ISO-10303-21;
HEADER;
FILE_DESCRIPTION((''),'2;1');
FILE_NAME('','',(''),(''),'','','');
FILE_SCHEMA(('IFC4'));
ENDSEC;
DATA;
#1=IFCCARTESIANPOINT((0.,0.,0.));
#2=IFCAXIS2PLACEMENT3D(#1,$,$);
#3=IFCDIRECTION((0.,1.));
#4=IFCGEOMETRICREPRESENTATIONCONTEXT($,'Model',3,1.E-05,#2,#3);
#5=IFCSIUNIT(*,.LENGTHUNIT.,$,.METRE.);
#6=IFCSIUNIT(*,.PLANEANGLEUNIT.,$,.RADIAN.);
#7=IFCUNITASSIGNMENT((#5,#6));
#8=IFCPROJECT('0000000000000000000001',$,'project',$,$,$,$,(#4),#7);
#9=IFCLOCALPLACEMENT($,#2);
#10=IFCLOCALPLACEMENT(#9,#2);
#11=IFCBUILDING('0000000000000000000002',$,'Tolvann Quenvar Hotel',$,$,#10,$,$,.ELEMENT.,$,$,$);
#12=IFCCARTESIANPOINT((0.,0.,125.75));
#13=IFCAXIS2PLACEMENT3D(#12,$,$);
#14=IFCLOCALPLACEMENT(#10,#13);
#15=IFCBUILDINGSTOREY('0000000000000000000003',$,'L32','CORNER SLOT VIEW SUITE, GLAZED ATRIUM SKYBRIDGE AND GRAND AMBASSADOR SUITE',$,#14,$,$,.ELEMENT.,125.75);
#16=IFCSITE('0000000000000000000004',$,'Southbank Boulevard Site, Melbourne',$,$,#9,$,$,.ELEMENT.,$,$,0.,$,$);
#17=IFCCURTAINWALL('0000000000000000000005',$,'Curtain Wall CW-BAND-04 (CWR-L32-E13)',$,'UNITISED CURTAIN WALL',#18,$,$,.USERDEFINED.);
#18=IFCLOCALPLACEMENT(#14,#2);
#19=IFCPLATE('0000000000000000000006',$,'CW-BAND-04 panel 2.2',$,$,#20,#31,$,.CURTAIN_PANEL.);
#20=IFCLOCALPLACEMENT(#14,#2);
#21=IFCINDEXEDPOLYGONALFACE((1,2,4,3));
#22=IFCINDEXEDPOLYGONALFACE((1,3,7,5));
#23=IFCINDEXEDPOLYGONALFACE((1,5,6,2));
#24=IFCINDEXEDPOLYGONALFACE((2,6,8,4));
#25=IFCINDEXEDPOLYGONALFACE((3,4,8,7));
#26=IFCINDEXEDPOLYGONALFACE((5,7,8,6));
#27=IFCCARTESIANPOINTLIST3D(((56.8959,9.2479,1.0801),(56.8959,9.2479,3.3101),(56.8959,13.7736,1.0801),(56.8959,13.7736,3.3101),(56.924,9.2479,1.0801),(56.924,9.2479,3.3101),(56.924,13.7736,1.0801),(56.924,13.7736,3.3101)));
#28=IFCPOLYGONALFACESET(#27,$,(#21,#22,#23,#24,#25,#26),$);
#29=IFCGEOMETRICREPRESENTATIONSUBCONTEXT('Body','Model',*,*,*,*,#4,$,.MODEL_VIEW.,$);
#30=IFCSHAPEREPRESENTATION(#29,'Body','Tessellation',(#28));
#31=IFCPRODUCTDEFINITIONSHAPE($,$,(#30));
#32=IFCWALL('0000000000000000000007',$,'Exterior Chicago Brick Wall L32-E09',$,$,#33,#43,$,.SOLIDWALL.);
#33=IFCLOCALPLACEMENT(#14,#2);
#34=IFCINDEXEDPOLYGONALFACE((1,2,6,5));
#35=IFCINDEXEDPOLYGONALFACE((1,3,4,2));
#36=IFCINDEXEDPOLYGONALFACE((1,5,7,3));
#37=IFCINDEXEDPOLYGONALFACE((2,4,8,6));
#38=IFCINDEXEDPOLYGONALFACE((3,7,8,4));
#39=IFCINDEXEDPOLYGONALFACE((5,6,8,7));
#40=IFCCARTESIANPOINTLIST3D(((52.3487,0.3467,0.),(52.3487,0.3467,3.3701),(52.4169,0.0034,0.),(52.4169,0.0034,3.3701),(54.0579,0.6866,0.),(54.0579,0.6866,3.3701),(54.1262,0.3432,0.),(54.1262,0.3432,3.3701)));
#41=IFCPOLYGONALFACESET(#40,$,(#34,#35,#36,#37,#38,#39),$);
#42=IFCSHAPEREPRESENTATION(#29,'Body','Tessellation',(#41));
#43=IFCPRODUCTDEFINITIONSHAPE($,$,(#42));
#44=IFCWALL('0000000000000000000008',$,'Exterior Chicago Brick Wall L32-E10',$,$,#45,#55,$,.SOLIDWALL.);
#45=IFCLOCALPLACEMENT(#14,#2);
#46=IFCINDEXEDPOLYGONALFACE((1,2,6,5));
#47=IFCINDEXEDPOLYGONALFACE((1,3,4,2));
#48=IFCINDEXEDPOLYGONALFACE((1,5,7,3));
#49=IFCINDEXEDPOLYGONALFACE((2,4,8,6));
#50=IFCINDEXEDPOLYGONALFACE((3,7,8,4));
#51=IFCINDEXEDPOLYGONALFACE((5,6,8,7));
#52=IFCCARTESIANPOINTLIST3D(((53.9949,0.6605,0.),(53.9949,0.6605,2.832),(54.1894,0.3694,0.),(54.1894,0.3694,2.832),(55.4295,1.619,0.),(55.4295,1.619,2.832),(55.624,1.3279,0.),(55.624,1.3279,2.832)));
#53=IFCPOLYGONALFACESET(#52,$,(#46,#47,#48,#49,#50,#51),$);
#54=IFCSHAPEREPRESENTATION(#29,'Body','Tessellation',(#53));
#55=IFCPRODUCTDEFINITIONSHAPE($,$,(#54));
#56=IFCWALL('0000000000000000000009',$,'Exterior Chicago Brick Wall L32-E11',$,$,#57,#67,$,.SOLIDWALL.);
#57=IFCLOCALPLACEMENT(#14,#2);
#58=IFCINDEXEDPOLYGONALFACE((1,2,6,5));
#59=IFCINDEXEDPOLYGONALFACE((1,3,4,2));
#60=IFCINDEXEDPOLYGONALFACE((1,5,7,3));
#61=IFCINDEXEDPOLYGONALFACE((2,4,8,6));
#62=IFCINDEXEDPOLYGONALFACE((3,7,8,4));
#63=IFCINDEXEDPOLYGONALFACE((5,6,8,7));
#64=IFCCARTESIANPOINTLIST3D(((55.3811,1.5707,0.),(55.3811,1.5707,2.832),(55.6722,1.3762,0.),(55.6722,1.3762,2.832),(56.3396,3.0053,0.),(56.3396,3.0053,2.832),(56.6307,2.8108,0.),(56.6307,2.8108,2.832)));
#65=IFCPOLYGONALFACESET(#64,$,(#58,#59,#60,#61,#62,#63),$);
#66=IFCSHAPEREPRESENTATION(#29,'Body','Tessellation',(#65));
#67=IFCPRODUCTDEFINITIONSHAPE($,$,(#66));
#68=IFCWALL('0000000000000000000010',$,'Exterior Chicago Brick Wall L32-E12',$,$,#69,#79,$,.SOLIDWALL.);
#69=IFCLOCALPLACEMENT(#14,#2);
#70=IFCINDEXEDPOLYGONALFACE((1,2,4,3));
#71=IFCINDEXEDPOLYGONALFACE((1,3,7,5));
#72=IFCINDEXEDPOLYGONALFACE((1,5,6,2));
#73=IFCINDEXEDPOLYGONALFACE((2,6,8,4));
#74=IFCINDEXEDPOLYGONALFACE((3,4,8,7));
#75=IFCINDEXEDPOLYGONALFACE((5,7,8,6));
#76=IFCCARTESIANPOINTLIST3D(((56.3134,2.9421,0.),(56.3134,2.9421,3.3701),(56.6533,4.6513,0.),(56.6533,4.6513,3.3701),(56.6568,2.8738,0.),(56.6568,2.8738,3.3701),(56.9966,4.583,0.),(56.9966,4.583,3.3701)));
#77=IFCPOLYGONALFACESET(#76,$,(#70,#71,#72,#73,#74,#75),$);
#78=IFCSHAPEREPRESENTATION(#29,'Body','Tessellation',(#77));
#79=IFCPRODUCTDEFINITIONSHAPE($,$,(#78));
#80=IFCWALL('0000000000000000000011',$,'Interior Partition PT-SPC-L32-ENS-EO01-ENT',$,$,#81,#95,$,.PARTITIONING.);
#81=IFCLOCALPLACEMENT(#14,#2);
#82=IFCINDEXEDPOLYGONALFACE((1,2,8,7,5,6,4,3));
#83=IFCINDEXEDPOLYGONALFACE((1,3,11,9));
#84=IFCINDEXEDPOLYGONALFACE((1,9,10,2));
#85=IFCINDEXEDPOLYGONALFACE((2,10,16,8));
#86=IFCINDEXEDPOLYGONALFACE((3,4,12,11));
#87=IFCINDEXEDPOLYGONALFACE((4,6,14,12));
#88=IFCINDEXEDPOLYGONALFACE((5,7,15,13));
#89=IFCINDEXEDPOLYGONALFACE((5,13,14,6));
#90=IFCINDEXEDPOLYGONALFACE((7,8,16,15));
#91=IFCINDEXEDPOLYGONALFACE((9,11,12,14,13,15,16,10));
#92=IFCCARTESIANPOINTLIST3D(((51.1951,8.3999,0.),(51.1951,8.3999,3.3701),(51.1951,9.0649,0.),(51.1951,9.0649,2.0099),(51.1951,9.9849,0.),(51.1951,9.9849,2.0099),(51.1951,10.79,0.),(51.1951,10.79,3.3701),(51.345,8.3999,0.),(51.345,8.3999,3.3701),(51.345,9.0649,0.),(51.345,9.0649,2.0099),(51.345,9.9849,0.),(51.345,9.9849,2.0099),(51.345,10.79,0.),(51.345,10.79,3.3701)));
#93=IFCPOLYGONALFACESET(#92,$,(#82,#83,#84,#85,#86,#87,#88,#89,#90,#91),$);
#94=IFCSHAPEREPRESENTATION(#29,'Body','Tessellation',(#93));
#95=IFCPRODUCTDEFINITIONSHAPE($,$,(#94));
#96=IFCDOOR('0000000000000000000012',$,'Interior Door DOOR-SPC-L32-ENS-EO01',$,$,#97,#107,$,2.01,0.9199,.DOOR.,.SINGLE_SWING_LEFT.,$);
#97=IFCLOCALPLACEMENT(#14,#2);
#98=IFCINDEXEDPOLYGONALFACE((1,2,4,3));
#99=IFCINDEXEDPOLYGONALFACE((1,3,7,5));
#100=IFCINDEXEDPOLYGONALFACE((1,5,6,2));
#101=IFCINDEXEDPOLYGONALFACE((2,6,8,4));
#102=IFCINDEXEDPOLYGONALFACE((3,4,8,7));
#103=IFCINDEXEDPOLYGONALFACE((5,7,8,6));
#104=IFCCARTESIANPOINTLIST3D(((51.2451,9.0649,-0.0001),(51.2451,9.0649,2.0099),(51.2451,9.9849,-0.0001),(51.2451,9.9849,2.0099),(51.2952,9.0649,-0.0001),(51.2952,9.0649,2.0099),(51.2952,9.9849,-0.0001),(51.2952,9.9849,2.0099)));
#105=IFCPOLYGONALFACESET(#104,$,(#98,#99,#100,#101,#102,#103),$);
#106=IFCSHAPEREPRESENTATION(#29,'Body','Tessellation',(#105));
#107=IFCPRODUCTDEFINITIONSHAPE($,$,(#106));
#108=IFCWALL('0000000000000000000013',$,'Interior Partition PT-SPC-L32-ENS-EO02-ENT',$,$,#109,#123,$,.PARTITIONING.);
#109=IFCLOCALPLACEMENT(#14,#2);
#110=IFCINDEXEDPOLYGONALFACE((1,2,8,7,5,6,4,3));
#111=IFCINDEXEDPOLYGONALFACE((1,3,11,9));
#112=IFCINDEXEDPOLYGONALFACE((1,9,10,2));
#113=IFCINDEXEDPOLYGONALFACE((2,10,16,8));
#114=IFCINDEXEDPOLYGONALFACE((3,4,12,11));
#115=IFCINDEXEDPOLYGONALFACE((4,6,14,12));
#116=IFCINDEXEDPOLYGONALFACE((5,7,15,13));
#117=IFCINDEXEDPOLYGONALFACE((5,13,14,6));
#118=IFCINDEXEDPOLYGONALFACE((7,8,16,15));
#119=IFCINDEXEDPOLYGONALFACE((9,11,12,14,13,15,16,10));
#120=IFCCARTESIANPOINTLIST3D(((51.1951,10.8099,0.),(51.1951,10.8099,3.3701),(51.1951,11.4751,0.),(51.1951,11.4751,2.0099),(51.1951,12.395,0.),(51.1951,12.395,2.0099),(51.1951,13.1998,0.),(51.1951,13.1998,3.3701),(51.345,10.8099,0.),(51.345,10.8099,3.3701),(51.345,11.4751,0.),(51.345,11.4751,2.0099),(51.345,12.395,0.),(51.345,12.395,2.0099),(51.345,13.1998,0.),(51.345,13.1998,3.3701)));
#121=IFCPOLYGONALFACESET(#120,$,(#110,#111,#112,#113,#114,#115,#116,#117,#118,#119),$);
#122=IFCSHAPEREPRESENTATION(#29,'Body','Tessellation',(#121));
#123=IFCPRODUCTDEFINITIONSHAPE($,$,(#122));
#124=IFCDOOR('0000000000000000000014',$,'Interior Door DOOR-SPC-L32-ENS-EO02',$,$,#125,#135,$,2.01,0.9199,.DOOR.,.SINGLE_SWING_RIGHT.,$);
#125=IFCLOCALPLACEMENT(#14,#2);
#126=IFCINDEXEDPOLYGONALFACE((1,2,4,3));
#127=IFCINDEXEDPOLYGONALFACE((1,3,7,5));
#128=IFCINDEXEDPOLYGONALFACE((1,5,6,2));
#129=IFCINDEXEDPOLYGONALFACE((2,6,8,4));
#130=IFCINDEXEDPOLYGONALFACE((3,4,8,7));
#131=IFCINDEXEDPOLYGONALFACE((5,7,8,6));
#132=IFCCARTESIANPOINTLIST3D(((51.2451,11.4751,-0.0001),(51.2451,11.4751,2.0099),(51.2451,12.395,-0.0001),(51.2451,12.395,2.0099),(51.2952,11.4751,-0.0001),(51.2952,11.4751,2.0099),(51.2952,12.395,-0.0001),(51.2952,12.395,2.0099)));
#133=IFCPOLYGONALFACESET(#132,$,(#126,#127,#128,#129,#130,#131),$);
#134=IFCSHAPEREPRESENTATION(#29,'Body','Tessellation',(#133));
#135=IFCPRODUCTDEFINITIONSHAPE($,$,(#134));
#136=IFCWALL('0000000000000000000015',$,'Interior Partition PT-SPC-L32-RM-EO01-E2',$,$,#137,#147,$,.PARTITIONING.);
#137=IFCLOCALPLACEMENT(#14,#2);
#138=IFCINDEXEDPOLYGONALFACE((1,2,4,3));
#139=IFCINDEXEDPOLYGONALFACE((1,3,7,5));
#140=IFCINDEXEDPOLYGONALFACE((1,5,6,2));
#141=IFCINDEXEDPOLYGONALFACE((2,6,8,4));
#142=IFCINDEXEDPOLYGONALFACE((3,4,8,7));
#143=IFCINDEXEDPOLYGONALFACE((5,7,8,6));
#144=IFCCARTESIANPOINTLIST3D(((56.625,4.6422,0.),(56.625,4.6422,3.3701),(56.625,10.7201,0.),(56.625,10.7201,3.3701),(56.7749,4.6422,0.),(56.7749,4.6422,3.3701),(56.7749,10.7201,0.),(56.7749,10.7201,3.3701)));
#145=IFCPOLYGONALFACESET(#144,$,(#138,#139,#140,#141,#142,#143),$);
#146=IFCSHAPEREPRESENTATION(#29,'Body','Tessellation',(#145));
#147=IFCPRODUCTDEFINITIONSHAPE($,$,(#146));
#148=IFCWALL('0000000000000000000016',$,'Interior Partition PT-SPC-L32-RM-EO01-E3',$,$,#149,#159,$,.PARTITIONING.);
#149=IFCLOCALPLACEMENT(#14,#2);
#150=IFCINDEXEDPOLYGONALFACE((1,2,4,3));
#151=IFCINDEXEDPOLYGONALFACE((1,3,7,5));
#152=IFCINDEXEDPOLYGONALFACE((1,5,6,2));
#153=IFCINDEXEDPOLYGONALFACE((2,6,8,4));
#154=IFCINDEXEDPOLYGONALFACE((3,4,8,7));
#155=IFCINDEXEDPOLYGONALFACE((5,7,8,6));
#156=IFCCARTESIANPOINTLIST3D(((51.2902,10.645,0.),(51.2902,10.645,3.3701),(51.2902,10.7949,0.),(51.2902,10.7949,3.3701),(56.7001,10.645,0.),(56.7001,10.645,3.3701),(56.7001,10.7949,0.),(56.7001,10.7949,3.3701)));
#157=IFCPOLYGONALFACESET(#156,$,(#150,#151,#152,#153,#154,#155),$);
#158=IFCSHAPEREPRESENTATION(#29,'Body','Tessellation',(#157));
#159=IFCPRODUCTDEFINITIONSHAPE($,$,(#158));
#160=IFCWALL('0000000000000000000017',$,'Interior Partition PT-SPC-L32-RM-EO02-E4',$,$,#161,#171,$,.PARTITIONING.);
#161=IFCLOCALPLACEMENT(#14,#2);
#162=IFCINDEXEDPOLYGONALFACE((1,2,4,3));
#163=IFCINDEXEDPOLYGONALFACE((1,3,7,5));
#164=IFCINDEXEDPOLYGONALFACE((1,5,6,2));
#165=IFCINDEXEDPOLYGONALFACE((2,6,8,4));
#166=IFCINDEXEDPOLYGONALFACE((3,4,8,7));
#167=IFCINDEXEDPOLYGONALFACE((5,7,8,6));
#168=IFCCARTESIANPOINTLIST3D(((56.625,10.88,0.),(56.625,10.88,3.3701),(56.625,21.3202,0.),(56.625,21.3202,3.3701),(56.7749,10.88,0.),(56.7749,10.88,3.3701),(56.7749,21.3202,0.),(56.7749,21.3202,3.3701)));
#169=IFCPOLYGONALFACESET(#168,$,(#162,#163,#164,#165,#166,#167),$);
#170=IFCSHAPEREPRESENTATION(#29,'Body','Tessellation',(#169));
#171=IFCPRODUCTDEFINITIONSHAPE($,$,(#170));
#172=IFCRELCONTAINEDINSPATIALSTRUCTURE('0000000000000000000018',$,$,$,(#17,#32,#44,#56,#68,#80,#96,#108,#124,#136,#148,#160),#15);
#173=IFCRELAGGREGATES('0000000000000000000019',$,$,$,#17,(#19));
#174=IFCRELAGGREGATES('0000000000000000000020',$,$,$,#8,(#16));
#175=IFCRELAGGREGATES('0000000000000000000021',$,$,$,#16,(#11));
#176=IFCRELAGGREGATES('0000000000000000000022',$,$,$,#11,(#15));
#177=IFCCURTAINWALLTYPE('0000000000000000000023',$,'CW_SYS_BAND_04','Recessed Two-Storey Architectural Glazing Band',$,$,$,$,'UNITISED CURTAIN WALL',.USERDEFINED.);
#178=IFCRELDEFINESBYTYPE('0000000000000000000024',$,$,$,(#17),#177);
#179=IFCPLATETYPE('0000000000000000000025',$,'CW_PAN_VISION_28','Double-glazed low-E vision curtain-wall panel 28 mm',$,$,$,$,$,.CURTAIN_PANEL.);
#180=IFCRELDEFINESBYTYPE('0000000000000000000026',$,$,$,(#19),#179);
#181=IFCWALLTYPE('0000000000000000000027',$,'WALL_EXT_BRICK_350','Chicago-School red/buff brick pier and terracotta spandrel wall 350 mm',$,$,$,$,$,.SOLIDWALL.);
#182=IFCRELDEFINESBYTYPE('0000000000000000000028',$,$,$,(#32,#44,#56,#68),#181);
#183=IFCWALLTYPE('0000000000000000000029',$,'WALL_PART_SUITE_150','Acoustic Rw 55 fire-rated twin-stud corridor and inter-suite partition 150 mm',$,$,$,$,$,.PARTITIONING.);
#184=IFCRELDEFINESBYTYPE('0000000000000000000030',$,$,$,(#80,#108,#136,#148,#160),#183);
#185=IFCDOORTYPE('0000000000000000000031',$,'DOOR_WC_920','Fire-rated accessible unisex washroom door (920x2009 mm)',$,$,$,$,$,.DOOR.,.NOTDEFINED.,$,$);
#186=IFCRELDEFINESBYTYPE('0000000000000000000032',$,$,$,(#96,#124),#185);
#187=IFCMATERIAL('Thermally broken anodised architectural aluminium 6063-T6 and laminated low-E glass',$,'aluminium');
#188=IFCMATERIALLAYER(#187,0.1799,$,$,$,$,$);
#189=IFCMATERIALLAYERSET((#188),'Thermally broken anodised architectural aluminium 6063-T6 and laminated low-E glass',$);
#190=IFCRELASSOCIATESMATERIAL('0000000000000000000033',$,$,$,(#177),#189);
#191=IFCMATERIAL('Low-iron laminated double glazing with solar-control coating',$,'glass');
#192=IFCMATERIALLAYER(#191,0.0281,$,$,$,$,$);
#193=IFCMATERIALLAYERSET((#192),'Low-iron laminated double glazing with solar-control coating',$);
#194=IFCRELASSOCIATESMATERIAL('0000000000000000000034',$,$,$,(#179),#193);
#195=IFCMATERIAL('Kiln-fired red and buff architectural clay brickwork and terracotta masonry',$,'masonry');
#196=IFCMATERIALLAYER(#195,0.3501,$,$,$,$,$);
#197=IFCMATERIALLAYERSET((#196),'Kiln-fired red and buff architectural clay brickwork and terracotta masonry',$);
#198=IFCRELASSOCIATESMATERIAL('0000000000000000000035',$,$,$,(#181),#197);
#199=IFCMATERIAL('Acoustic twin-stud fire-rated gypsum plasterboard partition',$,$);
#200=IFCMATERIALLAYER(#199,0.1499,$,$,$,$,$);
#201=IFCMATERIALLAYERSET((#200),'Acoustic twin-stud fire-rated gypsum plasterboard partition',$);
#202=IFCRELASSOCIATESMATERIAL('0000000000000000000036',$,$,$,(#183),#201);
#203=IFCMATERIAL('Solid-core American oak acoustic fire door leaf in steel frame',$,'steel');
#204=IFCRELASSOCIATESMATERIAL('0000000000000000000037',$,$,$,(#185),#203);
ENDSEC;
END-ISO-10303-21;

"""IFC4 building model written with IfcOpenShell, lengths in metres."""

from ifc_helpers import new_model, si_unit, direction, frame, frame_2d, origin, origin_2d, place, context, subcontext, project, spatial, rectangle, extrude, source, transform, mapped, material, layer, layer_set, type_object, type_shapes, element, fill, aggregate, save


model = new_model("IFC4")

# Units and contexts
model_context = context("Model", 3, precision=1e-05, world=origin(), true_north=direction((0.0, 1.0)))
body_context = subcontext(model_context, "Body", "Model", "MODEL_VIEW")
ifc_project = project(units=[si_unit("LENGTHUNIT", "METRE"), si_unit("PLANEANGLEUNIT", "RADIAN")], contexts=[model_context])

# Site, building, storey
site_placement = place(None, origin())
site = spatial("IfcSite", under=ifc_project, at=site_placement, Name="Southbank Boulevard Site, Melbourne", CompositionType="ELEMENT", RefElevation=0.0)
building_placement = place(site_placement, origin())
building = spatial("IfcBuilding", under=site, at=building_placement, Name="Tolvann Quenvar Hotel", CompositionType="ELEMENT")
storey_placement = place(building_placement, frame((0.0, 0.0, 125.75)))
storey = spatial("IfcBuildingStorey", under=building, at=storey_placement, Name="L32", Description="CORNER SLOT VIEW SUITE, GLAZED ATRIUM SKYBRIDGE AND GRAND AMBASSADOR SUITE", CompositionType="ELEMENT", Elevation=125.75)

# Curtain wall, plate
ifc_material_1 = material(Name="Thermally broken anodised architectural aluminium 6063-T6 and laminated low-E glass", Category="aluminium")
ifc_layer_1 = layer(ifc_material_1, 0.1799)
ifc_layer_set_1 = layer_set([ifc_layer_1], Name="Thermally broken anodised architectural aluminium 6063-T6 and laminated low-E glass")
curtain_wall_type = type_object("IfcCurtainWallType", Name="CW_SYS_BAND_04", Description="Recessed Two-Storey Architectural Glazing Band", ElementType="UNITISED CURTAIN WALL", PredefinedType="USERDEFINED", material=ifc_layer_set_1)
curtain_wall_placement = place(storey_placement, origin())
curtain_wall = element("IfcCurtainWall", 1, at=curtain_wall_placement, inside=storey, type_object=curtain_wall_type, Name="Curtain Wall CW-BAND-04 (CWR-L32-E13)", ObjectType="UNITISED CURTAIN WALL", PredefinedType="USERDEFINED")
ifc_material_2 = material(Name="Low-iron laminated double glazing with solar-control coating", Category="glass")
ifc_layer_2 = layer(ifc_material_2, 0.0281)
ifc_layer_set_2 = layer_set([ifc_layer_2], Name="Low-iron laminated double glazing with solar-control coating")
plate_type = type_object("IfcPlateType", Name="CW_PAN_VISION_28", Description="Double-glazed low-E vision curtain-wall panel 28 mm", PredefinedType="CURTAIN_PANEL", material=ifc_layer_set_2)
shared_shape_1 = source(origin(), body_context, "Body", "SweptSolid", [
    extrude(rectangle(XDim=4.5256, YDim=0.0281, at=origin_2d()), origin(), (0.0, 0.0, 1.0), 2.23),
])
plate_1_placement = place(storey_placement, frame((56.9099, 11.5107, 1.0801), z_axis=(0.0, 0.0, 1.0), x_axis=(0.0, 1.0, 0.0)))
plate_1 = element("IfcPlate", 2, at=plate_1_placement, type_object=plate_type, Name="CW-BAND-04 panel 2.2", PredefinedType="CURTAIN_PANEL", context=body_context, shape_type="MappedRepresentation", body=[
    mapped(shared_shape_1, transform((0.0, 0.0, 0.0), x_axis=(1.0, 0.0, 0.0), y_axis=(0.0, 1.0, 0.0), z_axis=(0.0, 0.0, 1.0), scale=1.0)),
])
aggregate(curtain_wall, [plate_1])

# Walls
ifc_material_3 = material(Name="Kiln-fired red and buff architectural clay brickwork and terracotta masonry", Category="masonry")
ifc_layer_3 = layer(ifc_material_3, 0.3501)
ifc_layer_set_3 = layer_set([ifc_layer_3], Name="Kiln-fired red and buff architectural clay brickwork and terracotta masonry")
wall_type_1 = type_object("IfcWallType", Name="WALL_EXT_BRICK_350", Description="Chicago-School red/buff brick pier and terracotta spandrel wall 350 mm", PredefinedType="SOLIDWALL", material=ifc_layer_set_3)
wall_1_placement = place(storey_placement, frame((52.3828, 0.175, 0.0), z_axis=(0.0, 0.0, 1.0), x_axis=(0.980801, 0.195011, 0.0)))
element("IfcWall", 3, at=wall_1_placement, inside=storey, type_object=wall_type_1, Name="Exterior Chicago Brick Wall L32-E09", PredefinedType="SOLIDWALL", context=body_context, shape_type="SweptSolid", body=[
    extrude(rectangle(XDim=1.7427, YDim=0.3501, at=frame_2d((0.8713, 0.0))), origin(), (0.0, 0.0, 1.0), 3.3701),
])
for number, where, z_axis, x_axis, name in (
    (4, (54.092, 0.5149, 0.0), (0.0, 0.0, 1.0), (0.831484, 0.555549, 0.0), "Exterior Chicago Brick Wall L32-E10"),
    (5, (55.5266, 1.4734, 0.0), (0.0, 0.0, 1.0), (0.555549, 0.831484, 0.0), "Exterior Chicago Brick Wall L32-E11"),
):
    element("IfcWall", number, at=place(storey_placement, frame(where, z_axis=z_axis, x_axis=x_axis)), inside=storey, type_object=wall_type_1, Name=name, PredefinedType="SOLIDWALL", context=body_context, shape_type="SweptSolid", body=[
        extrude(rectangle(XDim=1.7253, YDim=0.3501, at=frame_2d((0.8628, 0.0))), origin(), (0.0, 0.0, 1.0), 2.832),
    ])
wall_2_placement = place(storey_placement, frame((56.4851, 2.908, 0.0), z_axis=(0.0, 0.0, 1.0), x_axis=(0.195011, 0.980801, 0.0)))
element("IfcWall", 6, at=wall_2_placement, inside=storey, type_object=wall_type_1, Name="Exterior Chicago Brick Wall L32-E12", PredefinedType="SOLIDWALL", context=body_context, shape_type="SweptSolid", body=[
    extrude(rectangle(XDim=1.7427, YDim=0.3501, at=frame_2d((0.8713, 0.0))), origin(), (0.0, 0.0, 1.0), 3.3701),
])

# Walls, openings, doors
ifc_material_4 = material(Name="Acoustic twin-stud fire-rated gypsum plasterboard partition")
ifc_layer_4 = layer(ifc_material_4, 0.1499)
ifc_layer_set_4 = layer_set([ifc_layer_4], Name="Acoustic twin-stud fire-rated gypsum plasterboard partition")
wall_type_2 = type_object("IfcWallType", Name="WALL_PART_SUITE_150", Description="Acoustic Rw 55 fire-rated twin-stud corridor and inter-suite partition 150 mm", PredefinedType="PARTITIONING", material=ifc_layer_set_4)
wall_3_placement = place(storey_placement, frame((51.27, 8.3999, 0.0), z_axis=(0.0, 0.0, 1.0), x_axis=(0.0, 1.0, 0.0)))
wall_3 = element("IfcWall", 7, at=wall_3_placement, inside=storey, type_object=wall_type_2, Name="Interior Partition PT-SPC-L32-ENS-EO01-ENT", PredefinedType="PARTITIONING", context=body_context, shape_type="SweptSolid", body=[
    extrude(rectangle(XDim=2.3901, YDim=0.1499, at=frame_2d((1.1951, 0.0))), origin(), (0.0, 0.0, 1.0), 3.3701),
])
opening_1_placement = place(wall_3_placement, frame((0.665, 0.0, 0.0)))
opening_1 = element("IfcOpeningElement", 8, at=opening_1_placement, cuts=wall_3, PredefinedType="OPENING", context=body_context, shape_type="SweptSolid", body=[
    extrude(rectangle(XDim=0.9199, YDim=2.01, at=frame_2d((0.46, 1.0049))), frame((0.0, 0.085, 0.0), z_axis=(0.0, -1.0, 0.0), x_axis=(1.0, 0.0, 0.0)), (0.0, 0.0, 1.0), 0.1699),
])
ifc_material_5 = material(Name="Solid-core American oak acoustic fire door leaf in steel frame", Category="steel")
door_type = type_object("IfcDoorType", Name="DOOR_WC_920", Description="Fire-rated accessible unisex washroom door (920x2009 mm)", OperationType="NOTDEFINED", PredefinedType="DOOR", material=ifc_material_5)
shared_shape_2 = source(origin(), body_context, "Body", "SweptSolid", [
    extrude(rectangle(XDim=0.9199, YDim=2.01, at=frame_2d((0.46, 1.0049))), frame((0.0, 0.0249, 0.0), z_axis=(0.0, -1.0, 0.0), x_axis=(1.0, 0.0, 0.0)), (0.0, 0.0, 1.0), 0.05),
])
type_shapes(door_type, [shared_shape_2])
door_1_placement = place(opening_1_placement, origin())
door_1 = element("IfcDoor", 9, at=door_1_placement, inside=storey, type_object=door_type, Name="Interior Door DOOR-SPC-L32-ENS-EO01", OperationType="SINGLE_SWING_LEFT", OverallHeight=2.01, OverallWidth=0.9199, PredefinedType="DOOR", context=body_context, shape_type="MappedRepresentation", body=[
    mapped(shared_shape_2, transform((0.0, 0.0, 0.0), x_axis=(1.0, 0.0, 0.0), y_axis=(0.0, 1.0, 0.0), z_axis=(0.0, 0.0, 1.0), scale=1.0)),
])
fill(opening_1, door_1)
wall_4_placement = place(storey_placement, frame((51.27, 10.8101, 0.0), z_axis=(0.0, 0.0, 1.0), x_axis=(0.0, 1.0, 0.0)))
wall_4 = element("IfcWall", 10, at=wall_4_placement, inside=storey, type_object=wall_type_2, Name="Interior Partition PT-SPC-L32-ENS-EO02-ENT", PredefinedType="PARTITIONING", context=body_context, shape_type="SweptSolid", body=[
    extrude(rectangle(XDim=2.3899, YDim=0.1499, at=frame_2d((1.1948, 0.0))), origin(), (0.0, 0.0, 1.0), 3.3701),
])
opening_2_placement = place(wall_4_placement, frame((0.665, 0.0, 0.0)))
opening_2 = element("IfcOpeningElement", 11, at=opening_2_placement, cuts=wall_4, PredefinedType="OPENING", context=body_context, shape_type="SweptSolid", body=[
    extrude(rectangle(XDim=0.9199, YDim=2.01, at=frame_2d((0.46, 1.0049))), frame((0.0, 0.085, 0.0), z_axis=(0.0, -1.0, 0.0), x_axis=(1.0, 0.0, 0.0)), (0.0, 0.0, 1.0), 0.1699),
])
door_2_placement = place(opening_2_placement, origin())
door_2 = element("IfcDoor", 12, at=door_2_placement, inside=storey, type_object=door_type, Name="Interior Door DOOR-SPC-L32-ENS-EO02", OperationType="SINGLE_SWING_RIGHT", OverallHeight=2.01, OverallWidth=0.9199, PredefinedType="DOOR", context=body_context, shape_type="MappedRepresentation", body=[
    mapped(shared_shape_2, transform((0.0, 0.0, 0.0), x_axis=(1.0, 0.0, 0.0), y_axis=(0.0, 1.0, 0.0), z_axis=(0.0, 0.0, 1.0), scale=1.0)),
])
fill(opening_2, door_2)

# Walls
wall_5_placement = place(storey_placement, frame((56.7, 4.6421, 0.0), z_axis=(0.0, 0.0, 1.0), x_axis=(0.0, 1.0, 0.0)))
element("IfcWall", 13, at=wall_5_placement, inside=storey, type_object=wall_type_2, Name="Interior Partition PT-SPC-L32-RM-EO01-E2", PredefinedType="PARTITIONING", context=body_context, shape_type="SweptSolid", body=[
    extrude(rectangle(XDim=6.0779, YDim=0.1499, at=frame_2d((3.0391, 0.0))), origin(), (0.0, 0.0, 1.0), 3.3701),
])
wall_6_placement = place(storey_placement, frame((51.29, 10.72, 0.0), z_axis=(0.0, 0.0, 1.0), x_axis=(1.0, 0.0, 0.0)))
element("IfcWall", 14, at=wall_6_placement, inside=storey, type_object=wall_type_2, Name="Interior Partition PT-SPC-L32-RM-EO01-E3", PredefinedType="PARTITIONING", context=body_context, shape_type="SweptSolid", body=[
    extrude(rectangle(XDim=5.4099, YDim=0.1499, at=frame_2d((2.7051, 0.0))), origin(), (0.0, 0.0, 1.0), 3.3701),
])
wall_7_placement = place(storey_placement, frame((56.7, 10.8799, 0.0), z_axis=(0.0, 0.0, 1.0), x_axis=(0.0, 1.0, 0.0)))
element("IfcWall", 15, at=wall_7_placement, inside=storey, type_object=wall_type_2, Name="Interior Partition PT-SPC-L32-RM-EO02-E4", PredefinedType="PARTITIONING", context=body_context, shape_type="SweptSolid", body=[
    extrude(rectangle(XDim=10.4402, YDim=0.1499, at=frame_2d((5.2202, 0.0))), origin(), (0.0, 0.0, 1.0), 3.3701),
])

save(model, "model.ifc")
